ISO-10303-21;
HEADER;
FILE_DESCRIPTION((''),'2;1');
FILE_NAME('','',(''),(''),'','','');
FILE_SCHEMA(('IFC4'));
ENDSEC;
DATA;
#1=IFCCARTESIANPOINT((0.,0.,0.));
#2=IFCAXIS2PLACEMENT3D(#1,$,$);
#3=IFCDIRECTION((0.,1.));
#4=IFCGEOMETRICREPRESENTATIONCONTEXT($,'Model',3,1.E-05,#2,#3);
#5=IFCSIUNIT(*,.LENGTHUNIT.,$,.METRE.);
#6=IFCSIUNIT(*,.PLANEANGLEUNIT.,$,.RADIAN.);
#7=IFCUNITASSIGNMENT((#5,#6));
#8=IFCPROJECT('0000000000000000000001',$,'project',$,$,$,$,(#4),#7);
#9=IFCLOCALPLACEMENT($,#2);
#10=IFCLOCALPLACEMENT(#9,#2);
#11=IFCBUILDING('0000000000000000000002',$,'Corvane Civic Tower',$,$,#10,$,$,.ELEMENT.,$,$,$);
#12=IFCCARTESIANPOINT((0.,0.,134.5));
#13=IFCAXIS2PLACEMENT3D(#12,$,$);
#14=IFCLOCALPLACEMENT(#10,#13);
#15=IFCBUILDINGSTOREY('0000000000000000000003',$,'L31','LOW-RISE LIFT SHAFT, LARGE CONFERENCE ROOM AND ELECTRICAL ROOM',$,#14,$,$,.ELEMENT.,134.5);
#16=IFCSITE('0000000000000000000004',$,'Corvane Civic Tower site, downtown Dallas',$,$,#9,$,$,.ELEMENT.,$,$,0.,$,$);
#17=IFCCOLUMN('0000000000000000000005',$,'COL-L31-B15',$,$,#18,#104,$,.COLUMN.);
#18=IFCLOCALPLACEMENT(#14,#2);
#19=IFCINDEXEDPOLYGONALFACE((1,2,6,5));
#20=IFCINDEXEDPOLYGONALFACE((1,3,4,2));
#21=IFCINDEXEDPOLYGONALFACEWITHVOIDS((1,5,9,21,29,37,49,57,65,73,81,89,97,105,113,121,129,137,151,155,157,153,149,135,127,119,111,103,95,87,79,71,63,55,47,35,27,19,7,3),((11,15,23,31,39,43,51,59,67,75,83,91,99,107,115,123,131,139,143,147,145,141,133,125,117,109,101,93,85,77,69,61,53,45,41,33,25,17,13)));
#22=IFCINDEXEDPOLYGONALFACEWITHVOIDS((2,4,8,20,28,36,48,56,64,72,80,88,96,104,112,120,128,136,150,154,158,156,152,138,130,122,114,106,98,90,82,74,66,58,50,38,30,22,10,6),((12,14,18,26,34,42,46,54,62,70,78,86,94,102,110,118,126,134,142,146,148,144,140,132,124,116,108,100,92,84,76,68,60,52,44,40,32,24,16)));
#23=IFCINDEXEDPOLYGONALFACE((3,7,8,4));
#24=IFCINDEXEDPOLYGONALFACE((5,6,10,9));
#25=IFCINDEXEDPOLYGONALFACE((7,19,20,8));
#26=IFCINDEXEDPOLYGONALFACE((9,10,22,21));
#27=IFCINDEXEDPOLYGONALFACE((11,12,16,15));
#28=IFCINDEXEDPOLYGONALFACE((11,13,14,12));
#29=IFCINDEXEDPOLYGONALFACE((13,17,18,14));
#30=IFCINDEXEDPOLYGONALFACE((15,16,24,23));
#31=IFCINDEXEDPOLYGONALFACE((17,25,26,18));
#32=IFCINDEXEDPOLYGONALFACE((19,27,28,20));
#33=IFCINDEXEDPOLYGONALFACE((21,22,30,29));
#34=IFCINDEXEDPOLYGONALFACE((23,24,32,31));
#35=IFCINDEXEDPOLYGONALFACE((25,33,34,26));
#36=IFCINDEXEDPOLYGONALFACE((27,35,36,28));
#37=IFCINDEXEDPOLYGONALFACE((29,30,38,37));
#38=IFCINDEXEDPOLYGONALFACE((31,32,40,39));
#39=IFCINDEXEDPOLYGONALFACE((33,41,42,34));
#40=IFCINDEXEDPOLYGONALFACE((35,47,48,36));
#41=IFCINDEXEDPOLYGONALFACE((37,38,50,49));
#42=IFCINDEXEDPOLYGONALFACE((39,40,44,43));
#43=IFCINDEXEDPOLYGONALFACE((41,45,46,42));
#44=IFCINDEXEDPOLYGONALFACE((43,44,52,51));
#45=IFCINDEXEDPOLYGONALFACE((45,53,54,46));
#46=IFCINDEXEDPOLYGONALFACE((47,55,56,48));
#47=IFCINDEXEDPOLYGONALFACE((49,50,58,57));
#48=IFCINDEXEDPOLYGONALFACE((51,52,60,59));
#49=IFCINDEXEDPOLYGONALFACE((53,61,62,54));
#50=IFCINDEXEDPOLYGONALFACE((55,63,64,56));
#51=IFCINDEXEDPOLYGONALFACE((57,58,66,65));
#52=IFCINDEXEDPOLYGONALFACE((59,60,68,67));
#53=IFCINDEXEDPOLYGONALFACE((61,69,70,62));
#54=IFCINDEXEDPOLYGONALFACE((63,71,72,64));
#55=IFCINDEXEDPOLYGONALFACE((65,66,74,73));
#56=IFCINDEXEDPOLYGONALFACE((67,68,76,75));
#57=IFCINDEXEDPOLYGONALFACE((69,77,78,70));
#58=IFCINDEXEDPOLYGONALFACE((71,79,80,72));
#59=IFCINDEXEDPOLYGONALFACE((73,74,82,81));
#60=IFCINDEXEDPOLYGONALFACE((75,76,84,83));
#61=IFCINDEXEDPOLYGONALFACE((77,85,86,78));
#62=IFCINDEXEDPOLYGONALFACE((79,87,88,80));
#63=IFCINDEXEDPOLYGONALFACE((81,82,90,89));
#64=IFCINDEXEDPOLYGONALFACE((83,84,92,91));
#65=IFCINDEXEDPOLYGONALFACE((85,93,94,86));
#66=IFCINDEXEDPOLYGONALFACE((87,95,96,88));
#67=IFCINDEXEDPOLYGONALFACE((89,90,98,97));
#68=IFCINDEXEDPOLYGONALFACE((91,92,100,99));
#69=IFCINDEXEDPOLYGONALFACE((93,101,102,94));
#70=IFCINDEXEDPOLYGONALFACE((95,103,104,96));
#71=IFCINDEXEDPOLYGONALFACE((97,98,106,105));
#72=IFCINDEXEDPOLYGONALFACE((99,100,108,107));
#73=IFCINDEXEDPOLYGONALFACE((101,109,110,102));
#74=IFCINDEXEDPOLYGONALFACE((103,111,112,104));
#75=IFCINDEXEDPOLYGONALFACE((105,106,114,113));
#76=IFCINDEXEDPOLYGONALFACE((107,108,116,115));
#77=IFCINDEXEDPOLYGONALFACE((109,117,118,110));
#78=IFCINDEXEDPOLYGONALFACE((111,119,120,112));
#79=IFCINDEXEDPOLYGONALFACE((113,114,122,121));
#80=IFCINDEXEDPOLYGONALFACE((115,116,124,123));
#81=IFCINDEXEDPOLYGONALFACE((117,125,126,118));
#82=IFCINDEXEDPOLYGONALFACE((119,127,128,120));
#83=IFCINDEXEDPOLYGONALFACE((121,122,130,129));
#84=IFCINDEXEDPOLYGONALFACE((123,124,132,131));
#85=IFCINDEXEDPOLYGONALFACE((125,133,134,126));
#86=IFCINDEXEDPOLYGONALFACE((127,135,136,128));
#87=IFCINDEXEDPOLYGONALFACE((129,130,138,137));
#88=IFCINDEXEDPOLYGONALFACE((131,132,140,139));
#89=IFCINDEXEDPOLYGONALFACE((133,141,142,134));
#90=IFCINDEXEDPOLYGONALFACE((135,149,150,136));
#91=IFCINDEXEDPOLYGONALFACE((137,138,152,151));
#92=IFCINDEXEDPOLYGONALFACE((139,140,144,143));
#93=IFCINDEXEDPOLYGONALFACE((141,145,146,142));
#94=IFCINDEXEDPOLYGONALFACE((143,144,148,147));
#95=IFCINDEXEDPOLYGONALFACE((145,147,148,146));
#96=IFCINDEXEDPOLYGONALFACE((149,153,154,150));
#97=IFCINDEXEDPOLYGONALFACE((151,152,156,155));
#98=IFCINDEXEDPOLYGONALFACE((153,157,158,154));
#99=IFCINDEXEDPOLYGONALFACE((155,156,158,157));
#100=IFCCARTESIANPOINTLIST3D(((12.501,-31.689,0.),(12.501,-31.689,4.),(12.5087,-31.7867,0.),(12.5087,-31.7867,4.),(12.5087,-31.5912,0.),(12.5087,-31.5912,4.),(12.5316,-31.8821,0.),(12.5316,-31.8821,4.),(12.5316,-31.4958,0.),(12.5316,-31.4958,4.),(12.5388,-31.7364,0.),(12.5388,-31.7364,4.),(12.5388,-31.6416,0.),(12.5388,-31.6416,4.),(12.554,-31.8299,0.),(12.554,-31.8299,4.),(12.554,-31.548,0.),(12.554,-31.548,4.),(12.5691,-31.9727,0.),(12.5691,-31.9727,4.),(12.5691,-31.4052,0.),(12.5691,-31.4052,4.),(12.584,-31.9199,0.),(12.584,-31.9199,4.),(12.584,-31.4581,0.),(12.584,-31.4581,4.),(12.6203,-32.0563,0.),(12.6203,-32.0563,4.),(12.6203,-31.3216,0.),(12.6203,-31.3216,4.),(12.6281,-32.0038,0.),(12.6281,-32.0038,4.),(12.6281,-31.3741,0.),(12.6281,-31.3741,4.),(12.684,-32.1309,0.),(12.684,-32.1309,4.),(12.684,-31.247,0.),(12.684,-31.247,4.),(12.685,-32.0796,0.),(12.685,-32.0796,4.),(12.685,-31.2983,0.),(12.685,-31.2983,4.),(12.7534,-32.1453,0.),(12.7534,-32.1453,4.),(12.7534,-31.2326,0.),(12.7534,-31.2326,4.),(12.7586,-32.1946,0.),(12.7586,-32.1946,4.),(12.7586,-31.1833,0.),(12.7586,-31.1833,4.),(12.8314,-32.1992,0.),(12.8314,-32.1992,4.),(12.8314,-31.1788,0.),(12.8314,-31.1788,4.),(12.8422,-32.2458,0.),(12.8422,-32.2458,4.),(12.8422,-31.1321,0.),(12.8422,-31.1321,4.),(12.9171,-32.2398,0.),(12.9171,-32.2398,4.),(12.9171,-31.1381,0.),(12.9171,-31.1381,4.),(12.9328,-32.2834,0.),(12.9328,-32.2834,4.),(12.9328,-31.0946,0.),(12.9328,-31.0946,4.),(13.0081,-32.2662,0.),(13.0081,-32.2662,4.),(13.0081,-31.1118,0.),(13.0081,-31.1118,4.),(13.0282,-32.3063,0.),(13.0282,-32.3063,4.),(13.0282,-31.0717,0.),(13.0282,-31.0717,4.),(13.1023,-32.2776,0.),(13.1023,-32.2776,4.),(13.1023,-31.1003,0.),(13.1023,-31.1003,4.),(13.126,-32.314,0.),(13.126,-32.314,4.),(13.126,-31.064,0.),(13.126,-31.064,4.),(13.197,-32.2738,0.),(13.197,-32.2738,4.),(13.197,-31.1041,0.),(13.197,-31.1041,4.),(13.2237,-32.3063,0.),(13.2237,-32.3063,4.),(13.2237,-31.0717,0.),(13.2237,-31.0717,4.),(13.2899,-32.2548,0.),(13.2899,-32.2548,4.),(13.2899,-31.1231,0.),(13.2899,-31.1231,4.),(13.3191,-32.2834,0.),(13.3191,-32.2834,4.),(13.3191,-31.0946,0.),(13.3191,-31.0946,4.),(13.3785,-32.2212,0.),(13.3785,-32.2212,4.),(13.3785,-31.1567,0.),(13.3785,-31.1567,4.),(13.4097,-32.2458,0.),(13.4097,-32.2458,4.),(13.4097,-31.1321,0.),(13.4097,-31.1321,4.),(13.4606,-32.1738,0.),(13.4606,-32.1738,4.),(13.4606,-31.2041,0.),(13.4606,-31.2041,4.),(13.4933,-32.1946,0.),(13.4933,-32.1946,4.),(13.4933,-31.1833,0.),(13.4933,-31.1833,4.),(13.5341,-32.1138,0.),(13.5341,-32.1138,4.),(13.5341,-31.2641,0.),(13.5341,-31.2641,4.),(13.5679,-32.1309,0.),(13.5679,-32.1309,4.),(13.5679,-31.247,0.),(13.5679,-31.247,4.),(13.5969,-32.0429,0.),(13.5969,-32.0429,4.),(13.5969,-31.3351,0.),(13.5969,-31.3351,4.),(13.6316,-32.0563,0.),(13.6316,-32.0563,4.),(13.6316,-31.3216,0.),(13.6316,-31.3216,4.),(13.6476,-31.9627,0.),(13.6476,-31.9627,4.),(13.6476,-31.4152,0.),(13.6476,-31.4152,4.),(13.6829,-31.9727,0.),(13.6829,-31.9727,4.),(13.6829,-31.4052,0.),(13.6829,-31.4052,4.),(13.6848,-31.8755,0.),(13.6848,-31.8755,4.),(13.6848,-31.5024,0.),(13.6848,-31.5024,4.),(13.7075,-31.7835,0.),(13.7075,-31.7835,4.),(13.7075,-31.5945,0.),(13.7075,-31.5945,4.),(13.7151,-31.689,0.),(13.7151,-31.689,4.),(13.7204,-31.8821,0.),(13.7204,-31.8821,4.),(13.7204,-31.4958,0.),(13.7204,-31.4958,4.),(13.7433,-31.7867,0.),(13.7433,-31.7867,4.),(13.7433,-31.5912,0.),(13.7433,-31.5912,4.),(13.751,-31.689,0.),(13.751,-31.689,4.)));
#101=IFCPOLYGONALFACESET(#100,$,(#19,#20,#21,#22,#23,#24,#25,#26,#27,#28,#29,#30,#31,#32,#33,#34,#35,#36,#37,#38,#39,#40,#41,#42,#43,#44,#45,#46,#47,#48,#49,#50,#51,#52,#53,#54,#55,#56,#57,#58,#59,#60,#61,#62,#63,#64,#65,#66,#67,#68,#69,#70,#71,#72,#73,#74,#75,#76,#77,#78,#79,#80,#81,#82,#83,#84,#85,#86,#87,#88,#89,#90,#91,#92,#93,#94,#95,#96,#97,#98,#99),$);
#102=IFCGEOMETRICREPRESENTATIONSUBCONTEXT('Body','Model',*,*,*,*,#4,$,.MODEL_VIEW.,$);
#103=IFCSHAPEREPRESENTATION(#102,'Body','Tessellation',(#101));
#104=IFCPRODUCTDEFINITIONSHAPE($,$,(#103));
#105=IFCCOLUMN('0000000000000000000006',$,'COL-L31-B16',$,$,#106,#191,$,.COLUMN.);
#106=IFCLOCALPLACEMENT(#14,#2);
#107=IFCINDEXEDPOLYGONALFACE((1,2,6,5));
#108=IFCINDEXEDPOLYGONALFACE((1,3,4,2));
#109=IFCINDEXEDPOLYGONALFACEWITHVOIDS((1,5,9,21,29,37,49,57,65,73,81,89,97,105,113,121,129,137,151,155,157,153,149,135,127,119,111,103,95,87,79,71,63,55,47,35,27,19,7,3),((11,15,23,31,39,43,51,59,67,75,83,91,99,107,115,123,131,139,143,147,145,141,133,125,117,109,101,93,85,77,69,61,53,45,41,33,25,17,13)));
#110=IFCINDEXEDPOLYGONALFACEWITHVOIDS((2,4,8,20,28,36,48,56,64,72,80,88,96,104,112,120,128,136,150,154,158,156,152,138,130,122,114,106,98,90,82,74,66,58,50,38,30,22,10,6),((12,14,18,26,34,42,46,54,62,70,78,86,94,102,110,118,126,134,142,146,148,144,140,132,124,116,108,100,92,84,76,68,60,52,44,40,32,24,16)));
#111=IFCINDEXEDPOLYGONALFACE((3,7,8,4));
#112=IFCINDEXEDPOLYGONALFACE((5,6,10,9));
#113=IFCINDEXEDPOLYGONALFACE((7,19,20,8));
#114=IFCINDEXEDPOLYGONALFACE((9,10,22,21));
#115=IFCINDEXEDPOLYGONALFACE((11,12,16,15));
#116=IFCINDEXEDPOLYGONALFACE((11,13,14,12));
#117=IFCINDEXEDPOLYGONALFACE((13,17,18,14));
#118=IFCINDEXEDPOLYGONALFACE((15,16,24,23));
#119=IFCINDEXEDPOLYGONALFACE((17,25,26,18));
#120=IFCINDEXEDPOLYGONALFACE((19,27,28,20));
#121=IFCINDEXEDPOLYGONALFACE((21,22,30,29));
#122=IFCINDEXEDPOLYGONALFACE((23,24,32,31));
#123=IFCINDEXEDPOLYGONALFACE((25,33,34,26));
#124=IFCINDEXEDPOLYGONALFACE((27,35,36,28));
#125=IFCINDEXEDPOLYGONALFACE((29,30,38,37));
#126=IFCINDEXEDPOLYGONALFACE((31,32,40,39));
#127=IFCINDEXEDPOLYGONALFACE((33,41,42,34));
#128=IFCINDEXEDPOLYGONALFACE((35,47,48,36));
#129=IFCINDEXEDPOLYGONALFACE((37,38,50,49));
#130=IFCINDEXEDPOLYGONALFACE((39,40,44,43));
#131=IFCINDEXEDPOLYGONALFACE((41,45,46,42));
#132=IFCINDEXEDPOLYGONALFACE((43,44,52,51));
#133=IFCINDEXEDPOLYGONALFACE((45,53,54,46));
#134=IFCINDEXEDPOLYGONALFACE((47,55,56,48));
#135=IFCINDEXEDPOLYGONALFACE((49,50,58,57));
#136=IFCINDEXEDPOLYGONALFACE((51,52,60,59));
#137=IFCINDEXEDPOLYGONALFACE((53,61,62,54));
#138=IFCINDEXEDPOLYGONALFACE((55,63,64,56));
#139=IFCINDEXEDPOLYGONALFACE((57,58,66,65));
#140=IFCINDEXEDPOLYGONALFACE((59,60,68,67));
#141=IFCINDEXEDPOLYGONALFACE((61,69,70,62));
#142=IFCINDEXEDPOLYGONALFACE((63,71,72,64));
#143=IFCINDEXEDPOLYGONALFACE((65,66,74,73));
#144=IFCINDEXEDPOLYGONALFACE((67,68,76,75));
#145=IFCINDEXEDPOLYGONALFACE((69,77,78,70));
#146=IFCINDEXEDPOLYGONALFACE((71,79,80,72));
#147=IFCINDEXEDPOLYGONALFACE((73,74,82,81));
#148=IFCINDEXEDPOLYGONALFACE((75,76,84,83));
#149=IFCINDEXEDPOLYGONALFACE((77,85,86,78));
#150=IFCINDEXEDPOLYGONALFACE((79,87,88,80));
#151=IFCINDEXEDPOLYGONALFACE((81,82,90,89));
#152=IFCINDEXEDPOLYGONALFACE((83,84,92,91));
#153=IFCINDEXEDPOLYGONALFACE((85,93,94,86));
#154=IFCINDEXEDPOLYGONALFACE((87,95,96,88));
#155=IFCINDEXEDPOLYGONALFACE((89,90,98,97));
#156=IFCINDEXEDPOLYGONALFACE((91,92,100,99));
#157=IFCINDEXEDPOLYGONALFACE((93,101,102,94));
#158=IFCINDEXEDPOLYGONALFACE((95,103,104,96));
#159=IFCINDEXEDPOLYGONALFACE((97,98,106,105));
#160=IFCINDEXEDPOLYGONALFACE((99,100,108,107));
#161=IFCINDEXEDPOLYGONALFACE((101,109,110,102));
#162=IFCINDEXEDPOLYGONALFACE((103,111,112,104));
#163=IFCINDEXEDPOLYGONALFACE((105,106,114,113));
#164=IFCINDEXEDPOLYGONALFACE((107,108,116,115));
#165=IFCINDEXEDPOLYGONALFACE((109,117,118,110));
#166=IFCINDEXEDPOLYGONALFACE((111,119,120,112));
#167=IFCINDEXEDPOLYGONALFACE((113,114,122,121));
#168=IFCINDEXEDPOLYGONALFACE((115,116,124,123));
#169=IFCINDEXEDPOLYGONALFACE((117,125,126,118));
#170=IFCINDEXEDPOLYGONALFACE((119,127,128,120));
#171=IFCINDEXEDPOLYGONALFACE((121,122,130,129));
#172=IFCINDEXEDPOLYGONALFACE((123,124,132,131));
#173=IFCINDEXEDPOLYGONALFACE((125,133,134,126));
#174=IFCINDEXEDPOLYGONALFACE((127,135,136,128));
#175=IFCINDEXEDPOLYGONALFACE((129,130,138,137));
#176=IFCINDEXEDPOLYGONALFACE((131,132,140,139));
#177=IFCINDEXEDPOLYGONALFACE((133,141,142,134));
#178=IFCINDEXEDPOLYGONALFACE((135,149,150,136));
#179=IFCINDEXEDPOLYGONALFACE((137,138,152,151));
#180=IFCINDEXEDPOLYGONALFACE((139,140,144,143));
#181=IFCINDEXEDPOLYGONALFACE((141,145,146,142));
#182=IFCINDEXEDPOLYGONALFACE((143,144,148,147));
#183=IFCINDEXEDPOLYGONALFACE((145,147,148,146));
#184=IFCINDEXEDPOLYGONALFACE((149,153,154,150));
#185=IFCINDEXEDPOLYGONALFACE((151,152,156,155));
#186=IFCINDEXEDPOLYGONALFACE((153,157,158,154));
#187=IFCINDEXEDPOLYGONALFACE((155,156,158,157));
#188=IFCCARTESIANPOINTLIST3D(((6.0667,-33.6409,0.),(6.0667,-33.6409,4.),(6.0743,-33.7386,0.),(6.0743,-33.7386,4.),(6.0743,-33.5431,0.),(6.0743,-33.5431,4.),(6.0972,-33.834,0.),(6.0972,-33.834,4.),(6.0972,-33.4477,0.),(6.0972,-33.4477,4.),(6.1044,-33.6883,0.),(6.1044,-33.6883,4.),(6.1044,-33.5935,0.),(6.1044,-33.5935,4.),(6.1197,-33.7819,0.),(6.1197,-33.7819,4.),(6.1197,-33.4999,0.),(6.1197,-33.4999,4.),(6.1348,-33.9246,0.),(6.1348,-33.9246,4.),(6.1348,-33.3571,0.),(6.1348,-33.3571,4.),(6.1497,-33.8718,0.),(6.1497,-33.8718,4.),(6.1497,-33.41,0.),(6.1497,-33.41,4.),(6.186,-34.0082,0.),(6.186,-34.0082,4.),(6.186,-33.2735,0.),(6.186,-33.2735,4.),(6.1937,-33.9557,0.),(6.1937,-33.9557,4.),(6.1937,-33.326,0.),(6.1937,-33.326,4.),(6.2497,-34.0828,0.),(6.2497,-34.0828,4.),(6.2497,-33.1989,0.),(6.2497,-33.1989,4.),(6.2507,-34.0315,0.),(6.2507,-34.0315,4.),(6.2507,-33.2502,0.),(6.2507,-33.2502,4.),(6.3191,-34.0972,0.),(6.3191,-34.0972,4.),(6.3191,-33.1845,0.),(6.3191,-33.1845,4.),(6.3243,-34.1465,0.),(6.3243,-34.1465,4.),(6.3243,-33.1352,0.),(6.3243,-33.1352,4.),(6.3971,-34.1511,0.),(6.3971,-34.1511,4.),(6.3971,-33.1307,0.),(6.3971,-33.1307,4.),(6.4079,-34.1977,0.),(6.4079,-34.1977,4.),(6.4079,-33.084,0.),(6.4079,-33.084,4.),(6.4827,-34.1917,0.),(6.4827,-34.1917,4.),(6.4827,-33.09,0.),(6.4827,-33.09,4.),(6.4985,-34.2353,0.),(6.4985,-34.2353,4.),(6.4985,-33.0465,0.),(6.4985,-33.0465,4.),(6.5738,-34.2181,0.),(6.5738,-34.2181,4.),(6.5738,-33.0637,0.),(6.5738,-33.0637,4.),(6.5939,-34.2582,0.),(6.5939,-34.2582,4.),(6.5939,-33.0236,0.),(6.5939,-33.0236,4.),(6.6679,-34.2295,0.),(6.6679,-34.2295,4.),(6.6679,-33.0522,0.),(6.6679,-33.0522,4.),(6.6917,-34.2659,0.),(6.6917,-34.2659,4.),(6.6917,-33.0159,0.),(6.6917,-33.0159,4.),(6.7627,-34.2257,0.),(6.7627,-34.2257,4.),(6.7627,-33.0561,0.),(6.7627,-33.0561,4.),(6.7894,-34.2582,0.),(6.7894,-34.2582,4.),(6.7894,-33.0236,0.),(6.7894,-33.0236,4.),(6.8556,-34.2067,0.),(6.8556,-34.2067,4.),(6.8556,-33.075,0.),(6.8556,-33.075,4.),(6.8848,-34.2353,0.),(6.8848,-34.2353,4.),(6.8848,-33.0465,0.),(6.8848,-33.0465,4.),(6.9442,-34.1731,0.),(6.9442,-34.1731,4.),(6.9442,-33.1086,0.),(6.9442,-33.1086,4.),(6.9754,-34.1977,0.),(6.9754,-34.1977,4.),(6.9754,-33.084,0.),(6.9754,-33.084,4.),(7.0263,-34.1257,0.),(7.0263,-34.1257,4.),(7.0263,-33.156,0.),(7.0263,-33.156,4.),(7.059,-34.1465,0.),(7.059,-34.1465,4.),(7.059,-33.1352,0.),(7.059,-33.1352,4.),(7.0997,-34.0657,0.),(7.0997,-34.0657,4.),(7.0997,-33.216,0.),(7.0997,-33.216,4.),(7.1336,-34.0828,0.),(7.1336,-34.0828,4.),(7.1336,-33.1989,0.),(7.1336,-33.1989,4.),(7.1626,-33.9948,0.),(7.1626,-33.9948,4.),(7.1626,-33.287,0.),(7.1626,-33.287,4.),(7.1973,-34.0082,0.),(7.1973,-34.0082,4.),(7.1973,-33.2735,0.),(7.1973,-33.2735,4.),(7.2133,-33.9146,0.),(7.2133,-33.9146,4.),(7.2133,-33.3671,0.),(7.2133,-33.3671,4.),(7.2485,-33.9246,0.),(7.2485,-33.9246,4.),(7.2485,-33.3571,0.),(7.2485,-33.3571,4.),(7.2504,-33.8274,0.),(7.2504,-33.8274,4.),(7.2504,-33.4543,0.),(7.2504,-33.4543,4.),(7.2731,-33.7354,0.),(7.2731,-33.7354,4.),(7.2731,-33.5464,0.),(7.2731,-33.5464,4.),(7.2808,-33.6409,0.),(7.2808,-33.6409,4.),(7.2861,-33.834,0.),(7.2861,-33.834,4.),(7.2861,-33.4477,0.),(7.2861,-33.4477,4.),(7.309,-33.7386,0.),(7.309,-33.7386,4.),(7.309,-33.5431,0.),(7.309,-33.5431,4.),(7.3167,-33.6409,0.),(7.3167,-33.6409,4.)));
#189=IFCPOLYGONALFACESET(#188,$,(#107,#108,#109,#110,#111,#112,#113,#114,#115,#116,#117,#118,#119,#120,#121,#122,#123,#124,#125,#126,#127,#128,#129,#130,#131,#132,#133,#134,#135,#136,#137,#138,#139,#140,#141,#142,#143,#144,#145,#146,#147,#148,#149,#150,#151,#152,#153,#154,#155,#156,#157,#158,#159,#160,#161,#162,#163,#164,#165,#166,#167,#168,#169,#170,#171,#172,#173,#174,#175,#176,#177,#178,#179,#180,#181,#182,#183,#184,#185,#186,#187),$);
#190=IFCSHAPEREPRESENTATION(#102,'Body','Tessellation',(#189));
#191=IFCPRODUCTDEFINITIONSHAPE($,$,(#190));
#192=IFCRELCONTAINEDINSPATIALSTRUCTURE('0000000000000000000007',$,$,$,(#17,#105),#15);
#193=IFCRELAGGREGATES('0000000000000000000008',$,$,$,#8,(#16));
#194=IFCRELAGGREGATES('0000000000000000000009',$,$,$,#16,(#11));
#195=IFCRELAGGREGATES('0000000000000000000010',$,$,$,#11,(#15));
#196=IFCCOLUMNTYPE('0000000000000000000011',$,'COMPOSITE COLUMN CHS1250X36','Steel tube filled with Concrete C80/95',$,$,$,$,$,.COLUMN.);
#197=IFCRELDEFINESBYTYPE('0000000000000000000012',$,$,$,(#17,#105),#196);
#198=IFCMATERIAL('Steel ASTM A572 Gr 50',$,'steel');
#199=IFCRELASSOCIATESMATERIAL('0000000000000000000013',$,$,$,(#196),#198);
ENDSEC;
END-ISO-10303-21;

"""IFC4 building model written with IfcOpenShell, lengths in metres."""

from ifc_helpers import new_model, si_unit, direction, frame, origin, origin_2d, place, context, subcontext, project, spatial, hollow_circle, extrude, material, material_profile, profile_set, type_object, element, save


model = new_model("IFC4")

# Units and contexts
model_context = context("Model", 3, precision=1e-05, world=origin(), true_north=direction((0.0, 1.0)))
body_context = subcontext(model_context, "Body", "Model", "MODEL_VIEW")
ifc_project = project(units=[si_unit("LENGTHUNIT", "METRE"), si_unit("PLANEANGLEUNIT", "RADIAN")], contexts=[model_context])

# Site, building, storey
site_placement = place(None, origin())
site = spatial("IfcSite", under=ifc_project, at=site_placement, Name="Corvane Civic Tower site, downtown Dallas", CompositionType="ELEMENT", RefElevation=0.0)
building_placement = place(site_placement, origin())
building = spatial("IfcBuilding", under=site, at=building_placement, Name="Corvane Civic Tower", CompositionType="ELEMENT")
storey_placement = place(building_placement, frame((0.0, 0.0, 134.5)))
storey = spatial("IfcBuildingStorey", under=building, at=storey_placement, Name="L31", Description="LOW-RISE LIFT SHAFT, LARGE CONFERENCE ROOM AND ELECTRICAL ROOM", CompositionType="ELEMENT", Elevation=134.5)

# Columns
ifc_material_1 = material(Name="Steel ASTM A572 Gr 50", Category="steel")
ifc_material_profile_1 = material_profile(ifc_material_1, hollow_circle(Radius=0.625, WallThickness=0.0359, at=origin_2d()), Name="CHS1250X36")
ifc_profile_set_1 = profile_set([ifc_material_profile_1], Name="Steel ASTM A572 Gr 50")
column_type = type_object("IfcColumnType", Name="COMPOSITE COLUMN CHS1250X36", Description="Steel tube filled with Concrete C80/95", PredefinedType="COLUMN", material=ifc_profile_set_1)
for number, where, z_axis, x_axis, name in (
    (1, (13.126, -31.689, 0.0), (0.0, 0.0, 1.0), (1.0, 0.0, 0.0), "COL-L31-B15"),
    (2, (6.6917, -33.6409, 0.0), (0.0, 0.0, 1.0), (1.0, 0.0, 0.0), "COL-L31-B16"),
):
    element("IfcColumn", number, at=place(storey_placement, frame(where, z_axis=z_axis, x_axis=x_axis)), inside=storey, type_object=column_type, Name=name, PredefinedType="COLUMN", context=body_context, shape_type="SweptSolid", body=[
        extrude(hollow_circle(Radius=0.625, WallThickness=0.0359, at=origin_2d()), origin(), (0.0, 0.0, 1.0), 4.0),
    ])

save(model, "model.ifc")
